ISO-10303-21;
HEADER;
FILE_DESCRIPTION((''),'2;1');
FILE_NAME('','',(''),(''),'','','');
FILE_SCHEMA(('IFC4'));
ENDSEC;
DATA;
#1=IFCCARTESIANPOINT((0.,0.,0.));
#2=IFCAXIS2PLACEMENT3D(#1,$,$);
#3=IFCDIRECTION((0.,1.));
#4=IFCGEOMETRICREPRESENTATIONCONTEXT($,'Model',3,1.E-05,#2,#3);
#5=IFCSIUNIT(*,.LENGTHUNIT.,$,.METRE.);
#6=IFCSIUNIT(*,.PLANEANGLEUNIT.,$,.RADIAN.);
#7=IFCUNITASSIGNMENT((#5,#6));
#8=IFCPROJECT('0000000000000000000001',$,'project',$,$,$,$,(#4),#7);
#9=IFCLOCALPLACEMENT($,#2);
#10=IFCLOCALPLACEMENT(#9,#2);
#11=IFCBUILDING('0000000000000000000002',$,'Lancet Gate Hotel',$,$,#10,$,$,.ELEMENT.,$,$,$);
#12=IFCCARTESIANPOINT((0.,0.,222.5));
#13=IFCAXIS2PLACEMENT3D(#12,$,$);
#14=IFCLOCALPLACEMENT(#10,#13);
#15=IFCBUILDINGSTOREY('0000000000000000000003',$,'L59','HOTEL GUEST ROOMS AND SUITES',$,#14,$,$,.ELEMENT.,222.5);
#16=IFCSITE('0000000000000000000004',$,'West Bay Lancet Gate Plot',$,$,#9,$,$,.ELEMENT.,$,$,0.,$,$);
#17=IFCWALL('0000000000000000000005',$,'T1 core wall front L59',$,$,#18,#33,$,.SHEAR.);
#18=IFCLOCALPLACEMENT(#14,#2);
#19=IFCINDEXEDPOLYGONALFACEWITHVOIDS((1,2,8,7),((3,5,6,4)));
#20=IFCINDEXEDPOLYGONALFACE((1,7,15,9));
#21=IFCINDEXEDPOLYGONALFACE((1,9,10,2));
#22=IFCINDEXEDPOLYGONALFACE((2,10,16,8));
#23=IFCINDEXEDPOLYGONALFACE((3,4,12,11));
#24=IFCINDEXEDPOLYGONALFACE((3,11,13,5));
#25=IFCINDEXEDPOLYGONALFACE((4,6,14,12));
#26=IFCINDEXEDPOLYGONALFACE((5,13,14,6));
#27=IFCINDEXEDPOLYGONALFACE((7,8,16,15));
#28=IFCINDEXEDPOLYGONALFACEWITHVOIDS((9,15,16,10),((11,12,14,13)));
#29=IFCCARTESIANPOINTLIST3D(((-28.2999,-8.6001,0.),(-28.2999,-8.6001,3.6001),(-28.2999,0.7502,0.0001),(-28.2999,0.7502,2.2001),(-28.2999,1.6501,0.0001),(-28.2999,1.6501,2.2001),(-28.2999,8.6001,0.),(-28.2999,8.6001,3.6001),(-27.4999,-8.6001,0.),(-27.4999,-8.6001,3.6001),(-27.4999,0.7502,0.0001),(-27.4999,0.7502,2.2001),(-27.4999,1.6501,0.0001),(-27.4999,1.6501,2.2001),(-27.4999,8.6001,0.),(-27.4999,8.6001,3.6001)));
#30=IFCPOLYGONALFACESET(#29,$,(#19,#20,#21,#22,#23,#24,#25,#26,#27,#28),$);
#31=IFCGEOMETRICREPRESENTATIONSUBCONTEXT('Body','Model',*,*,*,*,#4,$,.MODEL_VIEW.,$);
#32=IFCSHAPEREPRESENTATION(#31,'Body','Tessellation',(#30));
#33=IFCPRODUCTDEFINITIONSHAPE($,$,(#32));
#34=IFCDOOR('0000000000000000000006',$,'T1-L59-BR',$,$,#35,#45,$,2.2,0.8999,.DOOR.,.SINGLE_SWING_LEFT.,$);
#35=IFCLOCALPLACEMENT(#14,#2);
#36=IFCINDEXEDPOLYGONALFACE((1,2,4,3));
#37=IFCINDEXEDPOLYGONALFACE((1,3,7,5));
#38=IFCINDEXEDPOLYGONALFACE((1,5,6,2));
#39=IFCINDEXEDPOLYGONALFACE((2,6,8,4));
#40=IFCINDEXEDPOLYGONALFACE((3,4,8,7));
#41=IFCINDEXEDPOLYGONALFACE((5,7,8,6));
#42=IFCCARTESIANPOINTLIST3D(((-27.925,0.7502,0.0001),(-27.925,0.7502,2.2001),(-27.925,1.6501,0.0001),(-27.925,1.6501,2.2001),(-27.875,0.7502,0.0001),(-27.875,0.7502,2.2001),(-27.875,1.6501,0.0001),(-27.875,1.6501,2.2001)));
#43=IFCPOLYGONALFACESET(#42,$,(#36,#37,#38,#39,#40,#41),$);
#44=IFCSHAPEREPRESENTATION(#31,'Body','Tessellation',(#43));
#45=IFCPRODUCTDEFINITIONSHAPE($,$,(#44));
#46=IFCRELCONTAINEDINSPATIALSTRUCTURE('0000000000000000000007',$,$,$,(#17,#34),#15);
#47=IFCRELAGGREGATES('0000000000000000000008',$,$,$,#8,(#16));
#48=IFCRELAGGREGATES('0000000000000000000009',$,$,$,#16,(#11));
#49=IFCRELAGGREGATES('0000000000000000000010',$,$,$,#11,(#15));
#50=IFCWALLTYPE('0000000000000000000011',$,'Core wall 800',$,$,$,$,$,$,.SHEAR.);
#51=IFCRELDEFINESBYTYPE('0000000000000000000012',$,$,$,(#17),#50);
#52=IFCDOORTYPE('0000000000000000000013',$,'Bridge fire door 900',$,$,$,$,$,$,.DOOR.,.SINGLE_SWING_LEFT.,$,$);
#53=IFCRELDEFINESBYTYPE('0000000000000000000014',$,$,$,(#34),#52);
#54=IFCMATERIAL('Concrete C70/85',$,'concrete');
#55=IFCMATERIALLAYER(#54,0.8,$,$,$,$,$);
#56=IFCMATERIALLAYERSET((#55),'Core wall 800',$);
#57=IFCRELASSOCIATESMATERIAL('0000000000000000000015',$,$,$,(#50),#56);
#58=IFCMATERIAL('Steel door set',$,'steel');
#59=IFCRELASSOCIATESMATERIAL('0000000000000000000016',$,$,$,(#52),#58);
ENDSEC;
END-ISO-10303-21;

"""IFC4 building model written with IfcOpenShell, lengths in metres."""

from ifc_helpers import new_model, si_unit, direction, frame, frame_2d, origin, place, context, subcontext, project, spatial, rectangle, extrude, material, layer, layer_set, type_object, element, fill, save


model = new_model("IFC4")

# Units and contexts
model_context = context("Model", 3, precision=1e-05, world=origin(), true_north=direction((0.0, 1.0)))
body_context = subcontext(model_context, "Body", "Model", "MODEL_VIEW")
ifc_project = project(units=[si_unit("LENGTHUNIT", "METRE"), si_unit("PLANEANGLEUNIT", "RADIAN")], contexts=[model_context])

# Site, building, storey
site_placement = place(None, origin())
site = spatial("IfcSite", under=ifc_project, at=site_placement, Name="West Bay Lancet Gate Plot", CompositionType="ELEMENT", RefElevation=0.0)
building_placement = place(site_placement, origin())
building = spatial("IfcBuilding", under=site, at=building_placement, Name="Lancet Gate Hotel", CompositionType="ELEMENT")
storey_placement = place(building_placement, frame((0.0, 0.0, 222.5)))
storey = spatial("IfcBuildingStorey", under=building, at=storey_placement, Name="L59", Description="HOTEL GUEST ROOMS AND SUITES", CompositionType="ELEMENT", Elevation=222.5)

# Wall, opening, door
ifc_material_1 = material(Name="Concrete C70/85", Category="concrete")
ifc_layer_1 = layer(ifc_material_1, 0.8)
ifc_layer_set_1 = layer_set([ifc_layer_1], Name="Core wall 800")
wall_type_1 = type_object("IfcWallType", Name="Core wall 800", PredefinedType="SHEAR", material=ifc_layer_set_1)
wall_1_placement = place(storey_placement, frame((-27.8999, 8.6001, 0.0), z_axis=(0.0, 0.0, 1.0), x_axis=(0.0, -1.0, 0.0)))
wall_1 = element("IfcWall", 1, at=wall_1_placement, inside=storey, type_object=wall_type_1, Name="T1 core wall front L59", PredefinedType="SHEAR", context=body_context, shape_type="SweptSolid", body=[
    extrude(rectangle(XDim=17.2002, YDim=0.8, at=frame_2d((8.6001, 0.0))), origin(), (0.0, 0.0, 1.0), 3.6001),
])
opening_1_placement = place(wall_1_placement, frame((6.95, 0.0, 0.0)))
opening_1 = element("IfcOpeningElement", 2, at=opening_1_placement, cuts=wall_1, PredefinedType="OPENING", context=body_context, shape_type="SweptSolid", body=[
    extrude(rectangle(XDim=0.8999, YDim=2.2, at=frame_2d((0.45, 1.1001))), frame((0.0, 0.4099, 0.0), z_axis=(0.0, -1.0, 0.0), x_axis=(1.0, 0.0, 0.0)), (0.0, 0.0, 1.0), 0.8201),
])
ifc_material_2 = material(Name="Steel door set", Category="steel")
door_type_1 = type_object("IfcDoorType", Name="Bridge fire door 900", OperationType="SINGLE_SWING_LEFT", PredefinedType="DOOR", material=ifc_material_2)
door_1_placement = place(opening_1_placement, origin())
door_1 = element("IfcDoor", 3, at=door_1_placement, inside=storey, type_object=door_type_1, Name="T1-L59-BR", OperationType="SINGLE_SWING_LEFT", OverallHeight=2.2, OverallWidth=0.8999, PredefinedType="DOOR", context=body_context, shape_type="SweptSolid", body=[
    extrude(rectangle(XDim=0.8999, YDim=2.2, at=frame_2d((0.45, 1.1001))), frame((0.0, 0.0249, 0.0), z_axis=(0.0, -1.0, 0.0), x_axis=(1.0, 0.0, 0.0)), (0.0, 0.0, 1.0), 0.05),
])
fill(opening_1, door_1)

save(model, "model.ifc")
